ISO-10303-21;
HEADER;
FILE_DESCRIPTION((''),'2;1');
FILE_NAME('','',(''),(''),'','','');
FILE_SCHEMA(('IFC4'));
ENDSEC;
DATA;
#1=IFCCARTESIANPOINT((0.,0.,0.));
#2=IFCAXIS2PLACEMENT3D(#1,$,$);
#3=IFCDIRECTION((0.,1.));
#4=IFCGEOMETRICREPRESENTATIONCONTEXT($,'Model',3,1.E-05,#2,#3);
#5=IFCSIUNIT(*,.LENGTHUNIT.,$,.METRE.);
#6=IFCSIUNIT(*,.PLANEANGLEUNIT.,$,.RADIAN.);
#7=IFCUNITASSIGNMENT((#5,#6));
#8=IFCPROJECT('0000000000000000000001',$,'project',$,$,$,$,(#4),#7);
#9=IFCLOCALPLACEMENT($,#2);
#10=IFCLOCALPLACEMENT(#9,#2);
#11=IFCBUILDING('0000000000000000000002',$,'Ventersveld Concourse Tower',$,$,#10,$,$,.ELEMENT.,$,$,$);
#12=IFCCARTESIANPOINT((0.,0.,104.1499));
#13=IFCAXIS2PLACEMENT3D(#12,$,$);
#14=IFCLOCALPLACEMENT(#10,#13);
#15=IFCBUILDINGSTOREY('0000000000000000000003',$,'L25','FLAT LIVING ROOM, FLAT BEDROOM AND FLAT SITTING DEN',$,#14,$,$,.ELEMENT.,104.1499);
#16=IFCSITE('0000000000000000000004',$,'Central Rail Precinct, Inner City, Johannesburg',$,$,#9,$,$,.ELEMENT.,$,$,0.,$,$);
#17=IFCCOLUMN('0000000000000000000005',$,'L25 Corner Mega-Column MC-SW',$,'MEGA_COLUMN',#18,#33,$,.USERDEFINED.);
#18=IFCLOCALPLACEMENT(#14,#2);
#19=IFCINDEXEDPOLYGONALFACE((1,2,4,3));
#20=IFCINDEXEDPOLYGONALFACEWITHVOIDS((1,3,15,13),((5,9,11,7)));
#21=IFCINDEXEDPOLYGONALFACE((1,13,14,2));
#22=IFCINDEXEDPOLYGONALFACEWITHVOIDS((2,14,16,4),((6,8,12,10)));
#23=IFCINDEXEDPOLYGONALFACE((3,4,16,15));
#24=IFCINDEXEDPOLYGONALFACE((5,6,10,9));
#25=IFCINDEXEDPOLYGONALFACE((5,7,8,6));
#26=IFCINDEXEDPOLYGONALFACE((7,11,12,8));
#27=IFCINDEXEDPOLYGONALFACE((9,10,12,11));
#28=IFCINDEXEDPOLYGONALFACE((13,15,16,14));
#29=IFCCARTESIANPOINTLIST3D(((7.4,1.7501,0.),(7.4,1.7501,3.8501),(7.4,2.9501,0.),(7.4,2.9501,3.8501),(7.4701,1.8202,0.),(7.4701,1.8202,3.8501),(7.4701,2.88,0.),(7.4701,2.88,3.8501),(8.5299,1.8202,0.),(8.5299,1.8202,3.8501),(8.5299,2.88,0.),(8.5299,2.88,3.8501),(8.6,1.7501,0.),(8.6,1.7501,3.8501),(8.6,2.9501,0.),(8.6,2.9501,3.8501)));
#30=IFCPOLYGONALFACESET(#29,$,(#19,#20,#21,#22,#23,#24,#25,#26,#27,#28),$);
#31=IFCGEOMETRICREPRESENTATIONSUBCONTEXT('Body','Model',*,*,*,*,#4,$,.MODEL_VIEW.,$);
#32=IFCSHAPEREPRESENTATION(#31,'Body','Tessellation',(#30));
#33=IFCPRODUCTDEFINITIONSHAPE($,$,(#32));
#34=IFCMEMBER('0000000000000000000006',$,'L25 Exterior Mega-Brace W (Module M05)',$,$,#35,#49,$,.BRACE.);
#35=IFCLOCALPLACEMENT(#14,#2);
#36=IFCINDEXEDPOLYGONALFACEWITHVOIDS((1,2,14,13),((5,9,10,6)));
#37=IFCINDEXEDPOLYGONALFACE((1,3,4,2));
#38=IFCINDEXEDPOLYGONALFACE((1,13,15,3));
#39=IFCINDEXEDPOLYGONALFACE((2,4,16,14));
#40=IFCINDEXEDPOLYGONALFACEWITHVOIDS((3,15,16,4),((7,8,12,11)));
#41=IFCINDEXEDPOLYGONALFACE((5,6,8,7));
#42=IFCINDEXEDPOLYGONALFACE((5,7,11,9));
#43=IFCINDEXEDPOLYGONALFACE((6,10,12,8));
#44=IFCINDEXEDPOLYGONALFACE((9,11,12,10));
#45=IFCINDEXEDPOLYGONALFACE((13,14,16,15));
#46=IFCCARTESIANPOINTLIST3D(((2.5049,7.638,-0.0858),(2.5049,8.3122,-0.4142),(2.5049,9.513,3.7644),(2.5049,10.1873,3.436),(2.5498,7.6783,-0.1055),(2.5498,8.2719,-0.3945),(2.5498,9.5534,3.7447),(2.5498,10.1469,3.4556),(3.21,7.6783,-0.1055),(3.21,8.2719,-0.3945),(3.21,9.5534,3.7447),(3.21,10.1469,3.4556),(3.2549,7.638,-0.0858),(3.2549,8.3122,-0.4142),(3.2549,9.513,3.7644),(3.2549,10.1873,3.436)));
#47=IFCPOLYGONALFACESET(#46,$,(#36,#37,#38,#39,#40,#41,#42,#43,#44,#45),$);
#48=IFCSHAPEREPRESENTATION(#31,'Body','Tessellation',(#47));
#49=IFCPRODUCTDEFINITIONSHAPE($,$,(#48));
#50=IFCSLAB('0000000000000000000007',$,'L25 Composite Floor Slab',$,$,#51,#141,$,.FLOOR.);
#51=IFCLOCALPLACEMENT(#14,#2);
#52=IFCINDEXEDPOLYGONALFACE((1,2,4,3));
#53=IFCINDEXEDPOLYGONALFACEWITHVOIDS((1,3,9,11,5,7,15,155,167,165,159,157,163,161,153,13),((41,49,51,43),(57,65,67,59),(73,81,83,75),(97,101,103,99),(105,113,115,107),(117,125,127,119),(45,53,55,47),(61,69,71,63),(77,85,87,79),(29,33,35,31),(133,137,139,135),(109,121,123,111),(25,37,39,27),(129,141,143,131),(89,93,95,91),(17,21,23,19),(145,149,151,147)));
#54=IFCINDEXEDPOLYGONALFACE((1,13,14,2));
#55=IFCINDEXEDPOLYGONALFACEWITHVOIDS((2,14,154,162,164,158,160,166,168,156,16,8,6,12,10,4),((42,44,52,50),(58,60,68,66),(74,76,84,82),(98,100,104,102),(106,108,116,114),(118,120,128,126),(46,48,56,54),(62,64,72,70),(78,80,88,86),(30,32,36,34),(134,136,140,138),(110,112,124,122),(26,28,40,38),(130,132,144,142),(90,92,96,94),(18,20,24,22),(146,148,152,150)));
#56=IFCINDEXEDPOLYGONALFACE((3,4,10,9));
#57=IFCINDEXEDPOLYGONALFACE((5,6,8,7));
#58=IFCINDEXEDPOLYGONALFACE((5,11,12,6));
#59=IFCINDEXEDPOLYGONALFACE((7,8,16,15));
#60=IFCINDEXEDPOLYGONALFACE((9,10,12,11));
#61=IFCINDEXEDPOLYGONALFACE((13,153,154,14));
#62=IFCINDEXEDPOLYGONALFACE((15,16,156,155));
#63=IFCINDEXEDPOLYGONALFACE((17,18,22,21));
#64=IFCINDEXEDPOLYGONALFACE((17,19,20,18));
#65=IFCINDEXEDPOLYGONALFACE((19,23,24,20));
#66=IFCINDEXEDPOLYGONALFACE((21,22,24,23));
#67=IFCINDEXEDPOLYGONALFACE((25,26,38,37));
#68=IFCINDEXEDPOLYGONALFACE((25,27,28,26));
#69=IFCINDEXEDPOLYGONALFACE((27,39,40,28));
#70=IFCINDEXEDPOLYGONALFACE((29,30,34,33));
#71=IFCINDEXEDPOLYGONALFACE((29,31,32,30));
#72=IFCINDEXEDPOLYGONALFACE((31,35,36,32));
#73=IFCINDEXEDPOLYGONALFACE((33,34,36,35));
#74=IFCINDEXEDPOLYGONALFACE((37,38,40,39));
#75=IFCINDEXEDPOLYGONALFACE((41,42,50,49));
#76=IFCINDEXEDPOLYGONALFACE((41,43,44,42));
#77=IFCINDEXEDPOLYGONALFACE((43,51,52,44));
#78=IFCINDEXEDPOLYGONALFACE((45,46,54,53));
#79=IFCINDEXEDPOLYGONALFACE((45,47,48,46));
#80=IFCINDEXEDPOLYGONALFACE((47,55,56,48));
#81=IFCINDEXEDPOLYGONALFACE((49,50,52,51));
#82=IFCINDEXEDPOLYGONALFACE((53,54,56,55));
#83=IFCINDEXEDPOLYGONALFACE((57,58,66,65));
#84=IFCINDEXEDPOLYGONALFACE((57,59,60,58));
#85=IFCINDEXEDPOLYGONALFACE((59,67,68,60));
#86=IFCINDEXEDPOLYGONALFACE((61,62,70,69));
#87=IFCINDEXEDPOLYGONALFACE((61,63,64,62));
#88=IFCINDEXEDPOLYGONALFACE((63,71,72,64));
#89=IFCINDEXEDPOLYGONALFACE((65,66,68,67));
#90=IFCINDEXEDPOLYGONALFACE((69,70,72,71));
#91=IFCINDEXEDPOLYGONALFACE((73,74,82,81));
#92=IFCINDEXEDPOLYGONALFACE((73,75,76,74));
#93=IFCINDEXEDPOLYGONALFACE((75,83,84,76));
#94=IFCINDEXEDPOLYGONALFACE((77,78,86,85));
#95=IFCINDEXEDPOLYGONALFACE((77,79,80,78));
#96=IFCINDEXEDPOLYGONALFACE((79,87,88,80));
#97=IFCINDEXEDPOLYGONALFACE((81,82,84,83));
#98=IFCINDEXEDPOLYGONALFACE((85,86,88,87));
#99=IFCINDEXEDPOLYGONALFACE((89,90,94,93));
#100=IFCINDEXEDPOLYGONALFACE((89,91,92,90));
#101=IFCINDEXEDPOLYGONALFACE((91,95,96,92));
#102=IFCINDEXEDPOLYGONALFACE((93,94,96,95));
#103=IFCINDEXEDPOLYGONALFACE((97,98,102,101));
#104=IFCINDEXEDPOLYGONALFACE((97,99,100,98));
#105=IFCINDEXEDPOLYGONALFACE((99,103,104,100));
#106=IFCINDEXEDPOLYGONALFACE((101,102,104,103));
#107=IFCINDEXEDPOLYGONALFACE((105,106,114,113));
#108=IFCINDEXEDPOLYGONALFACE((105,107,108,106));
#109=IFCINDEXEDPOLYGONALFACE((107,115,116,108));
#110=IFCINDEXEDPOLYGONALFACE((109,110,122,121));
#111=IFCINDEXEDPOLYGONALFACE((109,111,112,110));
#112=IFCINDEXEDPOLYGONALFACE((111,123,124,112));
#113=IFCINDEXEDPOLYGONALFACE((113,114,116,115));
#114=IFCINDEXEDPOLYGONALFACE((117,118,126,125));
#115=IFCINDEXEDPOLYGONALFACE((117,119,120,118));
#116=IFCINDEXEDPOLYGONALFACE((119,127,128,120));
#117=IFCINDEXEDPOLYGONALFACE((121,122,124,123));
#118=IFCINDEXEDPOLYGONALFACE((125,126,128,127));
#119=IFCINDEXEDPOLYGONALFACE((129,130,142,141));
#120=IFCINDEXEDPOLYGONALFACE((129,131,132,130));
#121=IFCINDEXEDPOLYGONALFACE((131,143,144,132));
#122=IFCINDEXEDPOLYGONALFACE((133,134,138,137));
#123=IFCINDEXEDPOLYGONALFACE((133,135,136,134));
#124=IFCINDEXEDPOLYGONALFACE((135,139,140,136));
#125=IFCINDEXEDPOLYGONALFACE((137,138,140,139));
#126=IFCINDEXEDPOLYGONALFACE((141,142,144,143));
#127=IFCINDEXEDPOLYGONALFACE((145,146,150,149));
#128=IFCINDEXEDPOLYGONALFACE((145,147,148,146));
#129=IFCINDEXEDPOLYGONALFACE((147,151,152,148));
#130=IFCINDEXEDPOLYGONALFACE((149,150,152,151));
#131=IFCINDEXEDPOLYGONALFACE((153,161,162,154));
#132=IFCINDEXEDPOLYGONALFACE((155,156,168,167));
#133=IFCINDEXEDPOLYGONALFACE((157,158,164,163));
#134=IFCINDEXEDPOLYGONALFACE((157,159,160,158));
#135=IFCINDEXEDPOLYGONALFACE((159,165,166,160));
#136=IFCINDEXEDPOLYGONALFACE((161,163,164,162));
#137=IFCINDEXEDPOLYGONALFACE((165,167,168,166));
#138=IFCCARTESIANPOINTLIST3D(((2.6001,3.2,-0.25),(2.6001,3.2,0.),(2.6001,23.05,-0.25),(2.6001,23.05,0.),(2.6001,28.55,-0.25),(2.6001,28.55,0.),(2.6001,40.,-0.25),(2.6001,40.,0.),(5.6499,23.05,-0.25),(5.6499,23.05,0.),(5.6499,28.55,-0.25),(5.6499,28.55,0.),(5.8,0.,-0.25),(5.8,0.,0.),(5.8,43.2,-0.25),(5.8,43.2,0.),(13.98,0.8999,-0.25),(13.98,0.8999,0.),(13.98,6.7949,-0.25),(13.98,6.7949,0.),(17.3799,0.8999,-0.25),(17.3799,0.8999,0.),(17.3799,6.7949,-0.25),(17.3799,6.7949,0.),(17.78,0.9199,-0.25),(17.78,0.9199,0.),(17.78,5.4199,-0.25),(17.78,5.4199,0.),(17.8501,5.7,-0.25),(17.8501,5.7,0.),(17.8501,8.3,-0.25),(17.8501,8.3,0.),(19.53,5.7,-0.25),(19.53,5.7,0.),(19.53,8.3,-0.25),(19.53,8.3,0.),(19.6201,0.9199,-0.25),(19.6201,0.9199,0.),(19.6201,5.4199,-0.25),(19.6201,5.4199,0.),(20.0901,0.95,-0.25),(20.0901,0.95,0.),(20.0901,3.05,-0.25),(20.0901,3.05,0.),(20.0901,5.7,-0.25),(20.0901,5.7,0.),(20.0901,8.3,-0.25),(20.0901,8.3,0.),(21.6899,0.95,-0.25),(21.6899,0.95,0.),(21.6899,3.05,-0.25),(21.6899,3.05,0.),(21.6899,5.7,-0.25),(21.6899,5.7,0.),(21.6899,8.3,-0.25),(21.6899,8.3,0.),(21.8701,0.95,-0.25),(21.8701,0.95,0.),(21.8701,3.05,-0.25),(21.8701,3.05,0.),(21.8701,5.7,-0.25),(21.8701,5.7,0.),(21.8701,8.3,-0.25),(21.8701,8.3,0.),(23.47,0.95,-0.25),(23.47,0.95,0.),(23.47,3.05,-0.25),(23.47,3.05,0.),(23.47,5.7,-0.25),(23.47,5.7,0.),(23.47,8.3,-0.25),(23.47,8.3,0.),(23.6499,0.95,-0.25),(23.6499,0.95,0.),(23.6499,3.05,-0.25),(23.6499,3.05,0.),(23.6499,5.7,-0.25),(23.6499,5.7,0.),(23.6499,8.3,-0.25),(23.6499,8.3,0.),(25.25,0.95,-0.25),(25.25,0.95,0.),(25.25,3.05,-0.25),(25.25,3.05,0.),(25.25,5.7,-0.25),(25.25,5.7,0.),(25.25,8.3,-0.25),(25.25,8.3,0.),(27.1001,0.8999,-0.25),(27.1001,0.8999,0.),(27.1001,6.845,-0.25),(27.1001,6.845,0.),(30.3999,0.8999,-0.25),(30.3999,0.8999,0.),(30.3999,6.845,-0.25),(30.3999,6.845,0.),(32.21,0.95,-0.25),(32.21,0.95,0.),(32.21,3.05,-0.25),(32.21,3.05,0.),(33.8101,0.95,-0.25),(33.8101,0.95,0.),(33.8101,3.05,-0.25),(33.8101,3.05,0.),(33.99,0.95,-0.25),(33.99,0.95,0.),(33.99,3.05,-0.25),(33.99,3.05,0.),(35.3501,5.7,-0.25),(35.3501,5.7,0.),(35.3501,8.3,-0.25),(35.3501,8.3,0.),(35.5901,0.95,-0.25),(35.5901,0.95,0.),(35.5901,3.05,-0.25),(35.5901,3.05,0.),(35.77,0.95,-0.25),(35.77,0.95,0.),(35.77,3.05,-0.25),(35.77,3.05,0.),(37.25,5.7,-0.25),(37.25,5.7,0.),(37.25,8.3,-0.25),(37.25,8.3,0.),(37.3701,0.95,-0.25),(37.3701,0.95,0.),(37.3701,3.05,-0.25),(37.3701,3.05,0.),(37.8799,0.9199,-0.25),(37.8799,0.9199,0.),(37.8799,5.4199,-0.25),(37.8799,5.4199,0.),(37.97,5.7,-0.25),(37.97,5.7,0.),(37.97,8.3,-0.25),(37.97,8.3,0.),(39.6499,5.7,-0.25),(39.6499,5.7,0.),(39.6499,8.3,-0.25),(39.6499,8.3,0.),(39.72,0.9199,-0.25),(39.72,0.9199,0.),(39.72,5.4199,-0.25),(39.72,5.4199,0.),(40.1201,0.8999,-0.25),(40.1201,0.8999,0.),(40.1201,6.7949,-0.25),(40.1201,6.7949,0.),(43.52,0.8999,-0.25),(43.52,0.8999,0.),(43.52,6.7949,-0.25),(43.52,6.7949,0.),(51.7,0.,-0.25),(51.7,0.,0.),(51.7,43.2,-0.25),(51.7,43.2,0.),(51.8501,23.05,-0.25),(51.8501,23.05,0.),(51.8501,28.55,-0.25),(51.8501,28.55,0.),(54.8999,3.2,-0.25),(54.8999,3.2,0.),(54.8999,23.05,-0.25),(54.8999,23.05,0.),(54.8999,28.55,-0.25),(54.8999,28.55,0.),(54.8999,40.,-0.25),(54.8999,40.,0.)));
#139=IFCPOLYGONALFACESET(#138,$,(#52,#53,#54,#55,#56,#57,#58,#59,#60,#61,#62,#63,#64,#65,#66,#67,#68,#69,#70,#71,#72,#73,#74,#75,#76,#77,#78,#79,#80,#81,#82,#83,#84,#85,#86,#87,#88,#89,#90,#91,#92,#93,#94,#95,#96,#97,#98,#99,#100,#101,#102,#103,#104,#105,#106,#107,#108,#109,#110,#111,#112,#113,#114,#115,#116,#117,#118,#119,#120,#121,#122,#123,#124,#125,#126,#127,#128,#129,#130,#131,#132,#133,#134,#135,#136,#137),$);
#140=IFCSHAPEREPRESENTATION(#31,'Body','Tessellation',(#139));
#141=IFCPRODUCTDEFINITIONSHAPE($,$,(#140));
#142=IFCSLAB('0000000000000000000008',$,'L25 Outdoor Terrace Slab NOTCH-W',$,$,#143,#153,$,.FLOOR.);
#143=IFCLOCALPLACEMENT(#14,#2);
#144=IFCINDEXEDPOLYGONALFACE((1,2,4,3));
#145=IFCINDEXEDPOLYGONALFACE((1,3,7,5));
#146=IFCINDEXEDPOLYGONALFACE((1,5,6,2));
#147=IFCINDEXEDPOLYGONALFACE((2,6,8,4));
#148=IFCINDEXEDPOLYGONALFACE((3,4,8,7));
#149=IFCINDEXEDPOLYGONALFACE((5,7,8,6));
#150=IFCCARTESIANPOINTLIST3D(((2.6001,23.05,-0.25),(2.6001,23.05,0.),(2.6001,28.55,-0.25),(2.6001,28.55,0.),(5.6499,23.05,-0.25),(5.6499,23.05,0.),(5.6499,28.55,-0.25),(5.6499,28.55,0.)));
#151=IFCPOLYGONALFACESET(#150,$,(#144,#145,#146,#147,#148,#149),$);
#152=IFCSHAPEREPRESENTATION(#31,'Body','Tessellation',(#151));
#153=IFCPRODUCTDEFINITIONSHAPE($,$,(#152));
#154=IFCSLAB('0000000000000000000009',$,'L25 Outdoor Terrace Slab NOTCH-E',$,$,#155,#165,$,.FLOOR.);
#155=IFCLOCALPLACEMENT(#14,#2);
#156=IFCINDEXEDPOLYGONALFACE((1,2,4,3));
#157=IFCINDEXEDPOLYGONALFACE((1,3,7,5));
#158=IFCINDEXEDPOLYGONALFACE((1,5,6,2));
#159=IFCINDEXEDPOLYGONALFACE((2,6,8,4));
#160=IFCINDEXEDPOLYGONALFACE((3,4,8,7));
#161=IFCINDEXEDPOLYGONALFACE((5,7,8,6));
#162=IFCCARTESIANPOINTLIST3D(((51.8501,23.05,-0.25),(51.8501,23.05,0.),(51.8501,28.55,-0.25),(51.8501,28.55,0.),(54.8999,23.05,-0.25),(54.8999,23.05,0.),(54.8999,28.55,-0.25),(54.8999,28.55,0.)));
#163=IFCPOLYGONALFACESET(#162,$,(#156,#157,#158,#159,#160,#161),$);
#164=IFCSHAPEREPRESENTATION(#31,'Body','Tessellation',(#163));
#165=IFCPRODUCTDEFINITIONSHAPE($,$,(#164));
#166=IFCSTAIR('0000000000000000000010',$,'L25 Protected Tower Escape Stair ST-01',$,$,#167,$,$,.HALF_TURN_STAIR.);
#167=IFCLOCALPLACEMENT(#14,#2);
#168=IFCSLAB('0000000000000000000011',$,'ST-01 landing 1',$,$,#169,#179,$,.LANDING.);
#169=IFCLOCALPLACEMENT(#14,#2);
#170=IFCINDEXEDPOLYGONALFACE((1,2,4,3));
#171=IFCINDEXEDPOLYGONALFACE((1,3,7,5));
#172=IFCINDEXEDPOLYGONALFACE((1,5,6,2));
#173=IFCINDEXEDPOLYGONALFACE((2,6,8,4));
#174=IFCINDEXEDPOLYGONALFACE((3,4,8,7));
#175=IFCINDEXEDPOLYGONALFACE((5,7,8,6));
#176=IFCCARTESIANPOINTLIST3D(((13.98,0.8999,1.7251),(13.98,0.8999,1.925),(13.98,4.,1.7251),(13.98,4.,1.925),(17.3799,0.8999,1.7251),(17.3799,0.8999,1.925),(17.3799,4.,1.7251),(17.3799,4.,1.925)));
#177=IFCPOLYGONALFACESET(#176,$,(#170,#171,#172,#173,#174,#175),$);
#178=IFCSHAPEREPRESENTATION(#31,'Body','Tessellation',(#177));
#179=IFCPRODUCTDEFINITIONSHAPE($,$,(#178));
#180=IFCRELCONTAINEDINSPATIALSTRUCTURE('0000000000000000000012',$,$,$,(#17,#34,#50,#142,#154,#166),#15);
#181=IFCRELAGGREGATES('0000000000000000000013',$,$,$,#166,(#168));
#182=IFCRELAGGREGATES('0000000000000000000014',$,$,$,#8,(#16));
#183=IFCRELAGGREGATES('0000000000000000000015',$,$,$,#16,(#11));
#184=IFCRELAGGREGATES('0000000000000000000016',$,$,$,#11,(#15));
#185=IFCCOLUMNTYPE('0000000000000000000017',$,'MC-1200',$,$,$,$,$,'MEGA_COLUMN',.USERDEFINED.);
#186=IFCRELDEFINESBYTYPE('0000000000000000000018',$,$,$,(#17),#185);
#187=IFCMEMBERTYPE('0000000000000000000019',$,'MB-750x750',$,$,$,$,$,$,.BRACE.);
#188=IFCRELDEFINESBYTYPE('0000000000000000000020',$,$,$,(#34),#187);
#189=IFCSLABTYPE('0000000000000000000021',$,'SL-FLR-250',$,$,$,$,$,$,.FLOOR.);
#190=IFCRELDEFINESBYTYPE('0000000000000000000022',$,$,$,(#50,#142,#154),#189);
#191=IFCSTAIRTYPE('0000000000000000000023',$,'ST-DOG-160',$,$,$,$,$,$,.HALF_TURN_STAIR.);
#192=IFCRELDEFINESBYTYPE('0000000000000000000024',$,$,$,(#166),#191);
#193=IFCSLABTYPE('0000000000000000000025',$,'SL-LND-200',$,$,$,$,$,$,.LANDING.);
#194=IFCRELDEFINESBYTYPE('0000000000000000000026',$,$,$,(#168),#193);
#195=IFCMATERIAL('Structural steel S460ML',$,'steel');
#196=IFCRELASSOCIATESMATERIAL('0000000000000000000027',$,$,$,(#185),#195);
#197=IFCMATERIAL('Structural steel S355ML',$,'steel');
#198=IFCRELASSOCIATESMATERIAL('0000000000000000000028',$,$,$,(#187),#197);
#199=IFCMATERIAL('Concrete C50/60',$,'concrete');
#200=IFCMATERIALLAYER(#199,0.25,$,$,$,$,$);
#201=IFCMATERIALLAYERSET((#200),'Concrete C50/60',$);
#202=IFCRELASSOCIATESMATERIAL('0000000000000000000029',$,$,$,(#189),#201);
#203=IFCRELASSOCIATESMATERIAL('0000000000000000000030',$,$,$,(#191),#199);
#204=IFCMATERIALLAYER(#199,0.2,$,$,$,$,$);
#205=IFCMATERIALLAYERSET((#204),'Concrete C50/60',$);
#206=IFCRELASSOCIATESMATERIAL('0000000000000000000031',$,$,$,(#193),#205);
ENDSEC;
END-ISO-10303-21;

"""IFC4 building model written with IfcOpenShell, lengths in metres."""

from ifc_helpers import new_model, si_unit, direction, frame, origin, origin_2d, place, context, subcontext, project, spatial, polyline, hollow_rectangle, outline, extrude, material, layer, layer_set, material_profile, profile_set, type_object, element, aggregate, save


model = new_model("IFC4")

# Units and contexts
model_context = context("Model", 3, precision=1e-05, world=origin(), true_north=direction((0.0, 1.0)))
body_context = subcontext(model_context, "Body", "Model", "MODEL_VIEW")
ifc_project = project(units=[si_unit("LENGTHUNIT", "METRE"), si_unit("PLANEANGLEUNIT", "RADIAN")], contexts=[model_context])

# Site, building, storey
site_placement = place(None, origin())
site = spatial("IfcSite", under=ifc_project, at=site_placement, Name="Central Rail Precinct, Inner City, Johannesburg", CompositionType="ELEMENT", RefElevation=0.0)
building_placement = place(site_placement, origin())
building = spatial("IfcBuilding", under=site, at=building_placement, Name="Ventersveld Concourse Tower", CompositionType="ELEMENT")
storey_placement = place(building_placement, frame((0.0, 0.0, 104.1499)))
storey = spatial("IfcBuildingStorey", under=building, at=storey_placement, Name="L25", Description="FLAT LIVING ROOM, FLAT BEDROOM AND FLAT SITTING DEN", CompositionType="ELEMENT", Elevation=104.1499)

# Column
ifc_material_1 = material(Name="Structural steel S460ML", Category="steel")
ifc_material_profile_1 = material_profile(ifc_material_1, hollow_rectangle(XDim=1.2, YDim=1.2, WallThickness=0.0701, at=origin_2d()), Name="BOX 1200x1200x70")
ifc_profile_set_1 = profile_set([ifc_material_profile_1], Name="Structural steel S460ML")
column_type = type_object("IfcColumnType", Name="MC-1200", ElementType="MEGA_COLUMN", PredefinedType="USERDEFINED", material=ifc_profile_set_1)
column_placement = place(storey_placement, frame((8.0, 2.3501, 0.0), z_axis=(0.0, 0.0, 1.0), x_axis=(1.0, 0.0, 0.0)))
element("IfcColumn", 1, at=column_placement, inside=storey, type_object=column_type, Name="L25 Corner Mega-Column MC-SW", ObjectType="MEGA_COLUMN", PredefinedType="USERDEFINED", context=body_context, shape_type="SweptSolid", body=[
    extrude(hollow_rectangle(XDim=1.2, YDim=1.2, WallThickness=0.0701, at=origin_2d()), origin(), (0.0, 0.0, 1.0), 3.8501),
])

# Member
ifc_material_2 = material(Name="Structural steel S355ML", Category="steel")
ifc_material_profile_2 = material_profile(ifc_material_2, hollow_rectangle(XDim=0.75, YDim=0.75, WallThickness=0.0449, at=origin_2d()), Name="BOX 750x750x45")
ifc_profile_set_2 = profile_set([ifc_material_profile_2], Name="Structural steel S355ML")
member_type = type_object("IfcMemberType", Name="MB-750x750", PredefinedType="BRACE", material=ifc_profile_set_2)
member_placement = place(storey_placement, frame((2.8799, 7.9751, -0.25), z_axis=(0.0, 0.437839, 0.899053), x_axis=(-1.0, 0.0, 0.0)))
element("IfcMember", 2, at=member_placement, inside=storey, type_object=member_type, Name="L25 Exterior Mega-Brace W (Module M05)", PredefinedType="BRACE", context=body_context, shape_type="SweptSolid", body=[
    extrude(hollow_rectangle(XDim=0.75, YDim=0.75, WallThickness=0.0449, at=origin_2d()), origin(), (0.0, 0.0, 1.0), 4.2825),
])

# Slabs
ifc_material_3 = material(Name="Concrete C50/60", Category="concrete")
ifc_layer_1 = layer(ifc_material_3, 0.25)
ifc_layer_set_1 = layer_set([ifc_layer_1], Name="Concrete C50/60")
slab_type_1 = type_object("IfcSlabType", Name="SL-FLR-250", PredefinedType="FLOOR", material=ifc_layer_set_1)
slab_1_placement = place(storey_placement, frame((0.0, 0.0, -0.25)))
element("IfcSlab", 3, at=slab_1_placement, inside=storey, type_object=slab_type_1, Name="L25 Composite Floor Slab", PredefinedType="FLOOR", context=body_context, shape_type="SweptSolid", body=[
    extrude(outline(polyline([(5.8, 0.0), (51.7, 0.0), (54.8999, 3.2), (54.8999, 23.05), (51.8501, 23.05), (51.8501, 28.55), (54.8999, 28.55), (54.8999, 40.0), (51.7, 43.2), (5.8, 43.2), (2.6001, 40.0), (2.6001, 28.55), (5.6499, 28.55), (5.6499, 23.05), (2.6001, 23.05), (2.6001, 3.2), (5.8, 0.0)]), holes=[polyline([(13.98, 6.7949), (13.98, 0.8999), (17.3799, 0.8999), (17.3799, 6.7949), (13.98, 6.7949)]), polyline([(40.1201, 6.7949), (40.1201, 0.8999), (43.52, 0.8999), (43.52, 6.7949), (40.1201, 6.7949)]), polyline([(27.1001, 6.845), (27.1001, 0.8999), (30.3999, 0.8999), (30.3999, 6.845), (27.1001, 6.845)]), polyline([(17.8501, 5.7), (19.53, 5.7), (19.53, 8.3), (17.8501, 8.3), (17.8501, 5.7)]), polyline([(37.97, 5.7), (39.6499, 5.7), (39.6499, 8.3), (37.97, 8.3), (37.97, 5.7)]), polyline([(35.3501, 5.7), (37.25, 5.7), (37.25, 8.3), (35.3501, 8.3), (35.3501, 5.7)]), polyline([(20.0901, 0.95), (21.6899, 0.95), (21.6899, 3.05), (20.0901, 3.05), (20.0901, 0.95)]), polyline([(21.8701, 0.95), (23.47, 0.95), (23.47, 3.05), (21.8701, 3.05), (21.8701, 0.95)]), polyline([(23.6499, 0.95), (25.25, 0.95), (25.25, 3.05), (23.6499, 3.05), (23.6499, 0.95)]), polyline([(32.21, 0.95), (33.8101, 0.95), (33.8101, 3.05), (32.21, 3.05), (32.21, 0.95)]), polyline([(33.99, 0.95), (35.5901, 0.95), (35.5901, 3.05), (33.99, 3.05), (33.99, 0.95)]), polyline([(35.77, 0.95), (37.3701, 0.95), (37.3701, 3.05), (35.77, 3.05), (35.77, 0.95)]), polyline([(20.0901, 5.7), (21.6899, 5.7), (21.6899, 8.3), (20.0901, 8.3), (20.0901, 5.7)]), polyline([(21.8701, 5.7), (23.47, 5.7), (23.47, 8.3), (21.8701, 8.3), (21.8701, 5.7)]), polyline([(23.6499, 5.7), (25.25, 5.7), (25.25, 8.3), (23.6499, 8.3), (23.6499, 5.7)]), polyline([(17.78, 0.9199), (19.6201, 0.9199), (19.6201, 5.4199), (17.78, 5.4199), (17.78, 0.9199)]), polyline([(37.8799, 0.9199), (39.72, 0.9199), (39.72, 5.4199), (37.8799, 5.4199), (37.8799, 0.9199)])]), origin(), (0.0, 0.0, 1.0), 0.25),
])
slab_2_placement = place(storey_placement, frame((0.0, 0.0, -0.25)))
element("IfcSlab", 4, at=slab_2_placement, inside=storey, type_object=slab_type_1, Name="L25 Outdoor Terrace Slab NOTCH-W", PredefinedType="FLOOR", context=body_context, shape_type="SweptSolid", body=[
    extrude(outline(polyline([(2.6001, 23.05), (5.6499, 23.05), (5.6499, 28.55), (2.6001, 28.55), (2.6001, 23.05)])), origin(), (0.0, 0.0, 1.0), 0.25),
])
slab_3_placement = place(storey_placement, frame((0.0, 0.0, -0.25)))
element("IfcSlab", 5, at=slab_3_placement, inside=storey, type_object=slab_type_1, Name="L25 Outdoor Terrace Slab NOTCH-E", PredefinedType="FLOOR", context=body_context, shape_type="SweptSolid", body=[
    extrude(outline(polyline([(51.8501, 23.05), (54.8999, 23.05), (54.8999, 28.55), (51.8501, 28.55), (51.8501, 23.05)])), origin(), (0.0, 0.0, 1.0), 0.25),
])

# Stair, slab
stair_type_1 = type_object("IfcStairType", Name="ST-DOG-160", PredefinedType="HALF_TURN_STAIR", material=ifc_material_3)
stair_1_placement = place(storey_placement, origin())
stair_1 = element("IfcStair", 6, at=stair_1_placement, inside=storey, type_object=stair_type_1, Name="L25 Protected Tower Escape Stair ST-01", PredefinedType="HALF_TURN_STAIR")
ifc_layer_2 = layer(ifc_material_3, 0.2)
ifc_layer_set_2 = layer_set([ifc_layer_2], Name="Concrete C50/60")
slab_type_2 = type_object("IfcSlabType", Name="SL-LND-200", PredefinedType="LANDING", material=ifc_layer_set_2)
slab_4_placement = place(storey_placement, frame((0.0, 0.0, 1.7251)))
slab_4 = element("IfcSlab", 7, at=slab_4_placement, type_object=slab_type_2, Name="ST-01 landing 1", PredefinedType="LANDING", context=body_context, shape_type="SweptSolid", body=[
    extrude(outline(polyline([(13.98, 4.0), (13.98, 0.8999), (17.3799, 0.8999), (17.3799, 4.0), (13.98, 4.0)])), origin(), (0.0, 0.0, 1.0), 0.2),
])
aggregate(stair_1, [slab_4])

save(model, "model.ifc")
